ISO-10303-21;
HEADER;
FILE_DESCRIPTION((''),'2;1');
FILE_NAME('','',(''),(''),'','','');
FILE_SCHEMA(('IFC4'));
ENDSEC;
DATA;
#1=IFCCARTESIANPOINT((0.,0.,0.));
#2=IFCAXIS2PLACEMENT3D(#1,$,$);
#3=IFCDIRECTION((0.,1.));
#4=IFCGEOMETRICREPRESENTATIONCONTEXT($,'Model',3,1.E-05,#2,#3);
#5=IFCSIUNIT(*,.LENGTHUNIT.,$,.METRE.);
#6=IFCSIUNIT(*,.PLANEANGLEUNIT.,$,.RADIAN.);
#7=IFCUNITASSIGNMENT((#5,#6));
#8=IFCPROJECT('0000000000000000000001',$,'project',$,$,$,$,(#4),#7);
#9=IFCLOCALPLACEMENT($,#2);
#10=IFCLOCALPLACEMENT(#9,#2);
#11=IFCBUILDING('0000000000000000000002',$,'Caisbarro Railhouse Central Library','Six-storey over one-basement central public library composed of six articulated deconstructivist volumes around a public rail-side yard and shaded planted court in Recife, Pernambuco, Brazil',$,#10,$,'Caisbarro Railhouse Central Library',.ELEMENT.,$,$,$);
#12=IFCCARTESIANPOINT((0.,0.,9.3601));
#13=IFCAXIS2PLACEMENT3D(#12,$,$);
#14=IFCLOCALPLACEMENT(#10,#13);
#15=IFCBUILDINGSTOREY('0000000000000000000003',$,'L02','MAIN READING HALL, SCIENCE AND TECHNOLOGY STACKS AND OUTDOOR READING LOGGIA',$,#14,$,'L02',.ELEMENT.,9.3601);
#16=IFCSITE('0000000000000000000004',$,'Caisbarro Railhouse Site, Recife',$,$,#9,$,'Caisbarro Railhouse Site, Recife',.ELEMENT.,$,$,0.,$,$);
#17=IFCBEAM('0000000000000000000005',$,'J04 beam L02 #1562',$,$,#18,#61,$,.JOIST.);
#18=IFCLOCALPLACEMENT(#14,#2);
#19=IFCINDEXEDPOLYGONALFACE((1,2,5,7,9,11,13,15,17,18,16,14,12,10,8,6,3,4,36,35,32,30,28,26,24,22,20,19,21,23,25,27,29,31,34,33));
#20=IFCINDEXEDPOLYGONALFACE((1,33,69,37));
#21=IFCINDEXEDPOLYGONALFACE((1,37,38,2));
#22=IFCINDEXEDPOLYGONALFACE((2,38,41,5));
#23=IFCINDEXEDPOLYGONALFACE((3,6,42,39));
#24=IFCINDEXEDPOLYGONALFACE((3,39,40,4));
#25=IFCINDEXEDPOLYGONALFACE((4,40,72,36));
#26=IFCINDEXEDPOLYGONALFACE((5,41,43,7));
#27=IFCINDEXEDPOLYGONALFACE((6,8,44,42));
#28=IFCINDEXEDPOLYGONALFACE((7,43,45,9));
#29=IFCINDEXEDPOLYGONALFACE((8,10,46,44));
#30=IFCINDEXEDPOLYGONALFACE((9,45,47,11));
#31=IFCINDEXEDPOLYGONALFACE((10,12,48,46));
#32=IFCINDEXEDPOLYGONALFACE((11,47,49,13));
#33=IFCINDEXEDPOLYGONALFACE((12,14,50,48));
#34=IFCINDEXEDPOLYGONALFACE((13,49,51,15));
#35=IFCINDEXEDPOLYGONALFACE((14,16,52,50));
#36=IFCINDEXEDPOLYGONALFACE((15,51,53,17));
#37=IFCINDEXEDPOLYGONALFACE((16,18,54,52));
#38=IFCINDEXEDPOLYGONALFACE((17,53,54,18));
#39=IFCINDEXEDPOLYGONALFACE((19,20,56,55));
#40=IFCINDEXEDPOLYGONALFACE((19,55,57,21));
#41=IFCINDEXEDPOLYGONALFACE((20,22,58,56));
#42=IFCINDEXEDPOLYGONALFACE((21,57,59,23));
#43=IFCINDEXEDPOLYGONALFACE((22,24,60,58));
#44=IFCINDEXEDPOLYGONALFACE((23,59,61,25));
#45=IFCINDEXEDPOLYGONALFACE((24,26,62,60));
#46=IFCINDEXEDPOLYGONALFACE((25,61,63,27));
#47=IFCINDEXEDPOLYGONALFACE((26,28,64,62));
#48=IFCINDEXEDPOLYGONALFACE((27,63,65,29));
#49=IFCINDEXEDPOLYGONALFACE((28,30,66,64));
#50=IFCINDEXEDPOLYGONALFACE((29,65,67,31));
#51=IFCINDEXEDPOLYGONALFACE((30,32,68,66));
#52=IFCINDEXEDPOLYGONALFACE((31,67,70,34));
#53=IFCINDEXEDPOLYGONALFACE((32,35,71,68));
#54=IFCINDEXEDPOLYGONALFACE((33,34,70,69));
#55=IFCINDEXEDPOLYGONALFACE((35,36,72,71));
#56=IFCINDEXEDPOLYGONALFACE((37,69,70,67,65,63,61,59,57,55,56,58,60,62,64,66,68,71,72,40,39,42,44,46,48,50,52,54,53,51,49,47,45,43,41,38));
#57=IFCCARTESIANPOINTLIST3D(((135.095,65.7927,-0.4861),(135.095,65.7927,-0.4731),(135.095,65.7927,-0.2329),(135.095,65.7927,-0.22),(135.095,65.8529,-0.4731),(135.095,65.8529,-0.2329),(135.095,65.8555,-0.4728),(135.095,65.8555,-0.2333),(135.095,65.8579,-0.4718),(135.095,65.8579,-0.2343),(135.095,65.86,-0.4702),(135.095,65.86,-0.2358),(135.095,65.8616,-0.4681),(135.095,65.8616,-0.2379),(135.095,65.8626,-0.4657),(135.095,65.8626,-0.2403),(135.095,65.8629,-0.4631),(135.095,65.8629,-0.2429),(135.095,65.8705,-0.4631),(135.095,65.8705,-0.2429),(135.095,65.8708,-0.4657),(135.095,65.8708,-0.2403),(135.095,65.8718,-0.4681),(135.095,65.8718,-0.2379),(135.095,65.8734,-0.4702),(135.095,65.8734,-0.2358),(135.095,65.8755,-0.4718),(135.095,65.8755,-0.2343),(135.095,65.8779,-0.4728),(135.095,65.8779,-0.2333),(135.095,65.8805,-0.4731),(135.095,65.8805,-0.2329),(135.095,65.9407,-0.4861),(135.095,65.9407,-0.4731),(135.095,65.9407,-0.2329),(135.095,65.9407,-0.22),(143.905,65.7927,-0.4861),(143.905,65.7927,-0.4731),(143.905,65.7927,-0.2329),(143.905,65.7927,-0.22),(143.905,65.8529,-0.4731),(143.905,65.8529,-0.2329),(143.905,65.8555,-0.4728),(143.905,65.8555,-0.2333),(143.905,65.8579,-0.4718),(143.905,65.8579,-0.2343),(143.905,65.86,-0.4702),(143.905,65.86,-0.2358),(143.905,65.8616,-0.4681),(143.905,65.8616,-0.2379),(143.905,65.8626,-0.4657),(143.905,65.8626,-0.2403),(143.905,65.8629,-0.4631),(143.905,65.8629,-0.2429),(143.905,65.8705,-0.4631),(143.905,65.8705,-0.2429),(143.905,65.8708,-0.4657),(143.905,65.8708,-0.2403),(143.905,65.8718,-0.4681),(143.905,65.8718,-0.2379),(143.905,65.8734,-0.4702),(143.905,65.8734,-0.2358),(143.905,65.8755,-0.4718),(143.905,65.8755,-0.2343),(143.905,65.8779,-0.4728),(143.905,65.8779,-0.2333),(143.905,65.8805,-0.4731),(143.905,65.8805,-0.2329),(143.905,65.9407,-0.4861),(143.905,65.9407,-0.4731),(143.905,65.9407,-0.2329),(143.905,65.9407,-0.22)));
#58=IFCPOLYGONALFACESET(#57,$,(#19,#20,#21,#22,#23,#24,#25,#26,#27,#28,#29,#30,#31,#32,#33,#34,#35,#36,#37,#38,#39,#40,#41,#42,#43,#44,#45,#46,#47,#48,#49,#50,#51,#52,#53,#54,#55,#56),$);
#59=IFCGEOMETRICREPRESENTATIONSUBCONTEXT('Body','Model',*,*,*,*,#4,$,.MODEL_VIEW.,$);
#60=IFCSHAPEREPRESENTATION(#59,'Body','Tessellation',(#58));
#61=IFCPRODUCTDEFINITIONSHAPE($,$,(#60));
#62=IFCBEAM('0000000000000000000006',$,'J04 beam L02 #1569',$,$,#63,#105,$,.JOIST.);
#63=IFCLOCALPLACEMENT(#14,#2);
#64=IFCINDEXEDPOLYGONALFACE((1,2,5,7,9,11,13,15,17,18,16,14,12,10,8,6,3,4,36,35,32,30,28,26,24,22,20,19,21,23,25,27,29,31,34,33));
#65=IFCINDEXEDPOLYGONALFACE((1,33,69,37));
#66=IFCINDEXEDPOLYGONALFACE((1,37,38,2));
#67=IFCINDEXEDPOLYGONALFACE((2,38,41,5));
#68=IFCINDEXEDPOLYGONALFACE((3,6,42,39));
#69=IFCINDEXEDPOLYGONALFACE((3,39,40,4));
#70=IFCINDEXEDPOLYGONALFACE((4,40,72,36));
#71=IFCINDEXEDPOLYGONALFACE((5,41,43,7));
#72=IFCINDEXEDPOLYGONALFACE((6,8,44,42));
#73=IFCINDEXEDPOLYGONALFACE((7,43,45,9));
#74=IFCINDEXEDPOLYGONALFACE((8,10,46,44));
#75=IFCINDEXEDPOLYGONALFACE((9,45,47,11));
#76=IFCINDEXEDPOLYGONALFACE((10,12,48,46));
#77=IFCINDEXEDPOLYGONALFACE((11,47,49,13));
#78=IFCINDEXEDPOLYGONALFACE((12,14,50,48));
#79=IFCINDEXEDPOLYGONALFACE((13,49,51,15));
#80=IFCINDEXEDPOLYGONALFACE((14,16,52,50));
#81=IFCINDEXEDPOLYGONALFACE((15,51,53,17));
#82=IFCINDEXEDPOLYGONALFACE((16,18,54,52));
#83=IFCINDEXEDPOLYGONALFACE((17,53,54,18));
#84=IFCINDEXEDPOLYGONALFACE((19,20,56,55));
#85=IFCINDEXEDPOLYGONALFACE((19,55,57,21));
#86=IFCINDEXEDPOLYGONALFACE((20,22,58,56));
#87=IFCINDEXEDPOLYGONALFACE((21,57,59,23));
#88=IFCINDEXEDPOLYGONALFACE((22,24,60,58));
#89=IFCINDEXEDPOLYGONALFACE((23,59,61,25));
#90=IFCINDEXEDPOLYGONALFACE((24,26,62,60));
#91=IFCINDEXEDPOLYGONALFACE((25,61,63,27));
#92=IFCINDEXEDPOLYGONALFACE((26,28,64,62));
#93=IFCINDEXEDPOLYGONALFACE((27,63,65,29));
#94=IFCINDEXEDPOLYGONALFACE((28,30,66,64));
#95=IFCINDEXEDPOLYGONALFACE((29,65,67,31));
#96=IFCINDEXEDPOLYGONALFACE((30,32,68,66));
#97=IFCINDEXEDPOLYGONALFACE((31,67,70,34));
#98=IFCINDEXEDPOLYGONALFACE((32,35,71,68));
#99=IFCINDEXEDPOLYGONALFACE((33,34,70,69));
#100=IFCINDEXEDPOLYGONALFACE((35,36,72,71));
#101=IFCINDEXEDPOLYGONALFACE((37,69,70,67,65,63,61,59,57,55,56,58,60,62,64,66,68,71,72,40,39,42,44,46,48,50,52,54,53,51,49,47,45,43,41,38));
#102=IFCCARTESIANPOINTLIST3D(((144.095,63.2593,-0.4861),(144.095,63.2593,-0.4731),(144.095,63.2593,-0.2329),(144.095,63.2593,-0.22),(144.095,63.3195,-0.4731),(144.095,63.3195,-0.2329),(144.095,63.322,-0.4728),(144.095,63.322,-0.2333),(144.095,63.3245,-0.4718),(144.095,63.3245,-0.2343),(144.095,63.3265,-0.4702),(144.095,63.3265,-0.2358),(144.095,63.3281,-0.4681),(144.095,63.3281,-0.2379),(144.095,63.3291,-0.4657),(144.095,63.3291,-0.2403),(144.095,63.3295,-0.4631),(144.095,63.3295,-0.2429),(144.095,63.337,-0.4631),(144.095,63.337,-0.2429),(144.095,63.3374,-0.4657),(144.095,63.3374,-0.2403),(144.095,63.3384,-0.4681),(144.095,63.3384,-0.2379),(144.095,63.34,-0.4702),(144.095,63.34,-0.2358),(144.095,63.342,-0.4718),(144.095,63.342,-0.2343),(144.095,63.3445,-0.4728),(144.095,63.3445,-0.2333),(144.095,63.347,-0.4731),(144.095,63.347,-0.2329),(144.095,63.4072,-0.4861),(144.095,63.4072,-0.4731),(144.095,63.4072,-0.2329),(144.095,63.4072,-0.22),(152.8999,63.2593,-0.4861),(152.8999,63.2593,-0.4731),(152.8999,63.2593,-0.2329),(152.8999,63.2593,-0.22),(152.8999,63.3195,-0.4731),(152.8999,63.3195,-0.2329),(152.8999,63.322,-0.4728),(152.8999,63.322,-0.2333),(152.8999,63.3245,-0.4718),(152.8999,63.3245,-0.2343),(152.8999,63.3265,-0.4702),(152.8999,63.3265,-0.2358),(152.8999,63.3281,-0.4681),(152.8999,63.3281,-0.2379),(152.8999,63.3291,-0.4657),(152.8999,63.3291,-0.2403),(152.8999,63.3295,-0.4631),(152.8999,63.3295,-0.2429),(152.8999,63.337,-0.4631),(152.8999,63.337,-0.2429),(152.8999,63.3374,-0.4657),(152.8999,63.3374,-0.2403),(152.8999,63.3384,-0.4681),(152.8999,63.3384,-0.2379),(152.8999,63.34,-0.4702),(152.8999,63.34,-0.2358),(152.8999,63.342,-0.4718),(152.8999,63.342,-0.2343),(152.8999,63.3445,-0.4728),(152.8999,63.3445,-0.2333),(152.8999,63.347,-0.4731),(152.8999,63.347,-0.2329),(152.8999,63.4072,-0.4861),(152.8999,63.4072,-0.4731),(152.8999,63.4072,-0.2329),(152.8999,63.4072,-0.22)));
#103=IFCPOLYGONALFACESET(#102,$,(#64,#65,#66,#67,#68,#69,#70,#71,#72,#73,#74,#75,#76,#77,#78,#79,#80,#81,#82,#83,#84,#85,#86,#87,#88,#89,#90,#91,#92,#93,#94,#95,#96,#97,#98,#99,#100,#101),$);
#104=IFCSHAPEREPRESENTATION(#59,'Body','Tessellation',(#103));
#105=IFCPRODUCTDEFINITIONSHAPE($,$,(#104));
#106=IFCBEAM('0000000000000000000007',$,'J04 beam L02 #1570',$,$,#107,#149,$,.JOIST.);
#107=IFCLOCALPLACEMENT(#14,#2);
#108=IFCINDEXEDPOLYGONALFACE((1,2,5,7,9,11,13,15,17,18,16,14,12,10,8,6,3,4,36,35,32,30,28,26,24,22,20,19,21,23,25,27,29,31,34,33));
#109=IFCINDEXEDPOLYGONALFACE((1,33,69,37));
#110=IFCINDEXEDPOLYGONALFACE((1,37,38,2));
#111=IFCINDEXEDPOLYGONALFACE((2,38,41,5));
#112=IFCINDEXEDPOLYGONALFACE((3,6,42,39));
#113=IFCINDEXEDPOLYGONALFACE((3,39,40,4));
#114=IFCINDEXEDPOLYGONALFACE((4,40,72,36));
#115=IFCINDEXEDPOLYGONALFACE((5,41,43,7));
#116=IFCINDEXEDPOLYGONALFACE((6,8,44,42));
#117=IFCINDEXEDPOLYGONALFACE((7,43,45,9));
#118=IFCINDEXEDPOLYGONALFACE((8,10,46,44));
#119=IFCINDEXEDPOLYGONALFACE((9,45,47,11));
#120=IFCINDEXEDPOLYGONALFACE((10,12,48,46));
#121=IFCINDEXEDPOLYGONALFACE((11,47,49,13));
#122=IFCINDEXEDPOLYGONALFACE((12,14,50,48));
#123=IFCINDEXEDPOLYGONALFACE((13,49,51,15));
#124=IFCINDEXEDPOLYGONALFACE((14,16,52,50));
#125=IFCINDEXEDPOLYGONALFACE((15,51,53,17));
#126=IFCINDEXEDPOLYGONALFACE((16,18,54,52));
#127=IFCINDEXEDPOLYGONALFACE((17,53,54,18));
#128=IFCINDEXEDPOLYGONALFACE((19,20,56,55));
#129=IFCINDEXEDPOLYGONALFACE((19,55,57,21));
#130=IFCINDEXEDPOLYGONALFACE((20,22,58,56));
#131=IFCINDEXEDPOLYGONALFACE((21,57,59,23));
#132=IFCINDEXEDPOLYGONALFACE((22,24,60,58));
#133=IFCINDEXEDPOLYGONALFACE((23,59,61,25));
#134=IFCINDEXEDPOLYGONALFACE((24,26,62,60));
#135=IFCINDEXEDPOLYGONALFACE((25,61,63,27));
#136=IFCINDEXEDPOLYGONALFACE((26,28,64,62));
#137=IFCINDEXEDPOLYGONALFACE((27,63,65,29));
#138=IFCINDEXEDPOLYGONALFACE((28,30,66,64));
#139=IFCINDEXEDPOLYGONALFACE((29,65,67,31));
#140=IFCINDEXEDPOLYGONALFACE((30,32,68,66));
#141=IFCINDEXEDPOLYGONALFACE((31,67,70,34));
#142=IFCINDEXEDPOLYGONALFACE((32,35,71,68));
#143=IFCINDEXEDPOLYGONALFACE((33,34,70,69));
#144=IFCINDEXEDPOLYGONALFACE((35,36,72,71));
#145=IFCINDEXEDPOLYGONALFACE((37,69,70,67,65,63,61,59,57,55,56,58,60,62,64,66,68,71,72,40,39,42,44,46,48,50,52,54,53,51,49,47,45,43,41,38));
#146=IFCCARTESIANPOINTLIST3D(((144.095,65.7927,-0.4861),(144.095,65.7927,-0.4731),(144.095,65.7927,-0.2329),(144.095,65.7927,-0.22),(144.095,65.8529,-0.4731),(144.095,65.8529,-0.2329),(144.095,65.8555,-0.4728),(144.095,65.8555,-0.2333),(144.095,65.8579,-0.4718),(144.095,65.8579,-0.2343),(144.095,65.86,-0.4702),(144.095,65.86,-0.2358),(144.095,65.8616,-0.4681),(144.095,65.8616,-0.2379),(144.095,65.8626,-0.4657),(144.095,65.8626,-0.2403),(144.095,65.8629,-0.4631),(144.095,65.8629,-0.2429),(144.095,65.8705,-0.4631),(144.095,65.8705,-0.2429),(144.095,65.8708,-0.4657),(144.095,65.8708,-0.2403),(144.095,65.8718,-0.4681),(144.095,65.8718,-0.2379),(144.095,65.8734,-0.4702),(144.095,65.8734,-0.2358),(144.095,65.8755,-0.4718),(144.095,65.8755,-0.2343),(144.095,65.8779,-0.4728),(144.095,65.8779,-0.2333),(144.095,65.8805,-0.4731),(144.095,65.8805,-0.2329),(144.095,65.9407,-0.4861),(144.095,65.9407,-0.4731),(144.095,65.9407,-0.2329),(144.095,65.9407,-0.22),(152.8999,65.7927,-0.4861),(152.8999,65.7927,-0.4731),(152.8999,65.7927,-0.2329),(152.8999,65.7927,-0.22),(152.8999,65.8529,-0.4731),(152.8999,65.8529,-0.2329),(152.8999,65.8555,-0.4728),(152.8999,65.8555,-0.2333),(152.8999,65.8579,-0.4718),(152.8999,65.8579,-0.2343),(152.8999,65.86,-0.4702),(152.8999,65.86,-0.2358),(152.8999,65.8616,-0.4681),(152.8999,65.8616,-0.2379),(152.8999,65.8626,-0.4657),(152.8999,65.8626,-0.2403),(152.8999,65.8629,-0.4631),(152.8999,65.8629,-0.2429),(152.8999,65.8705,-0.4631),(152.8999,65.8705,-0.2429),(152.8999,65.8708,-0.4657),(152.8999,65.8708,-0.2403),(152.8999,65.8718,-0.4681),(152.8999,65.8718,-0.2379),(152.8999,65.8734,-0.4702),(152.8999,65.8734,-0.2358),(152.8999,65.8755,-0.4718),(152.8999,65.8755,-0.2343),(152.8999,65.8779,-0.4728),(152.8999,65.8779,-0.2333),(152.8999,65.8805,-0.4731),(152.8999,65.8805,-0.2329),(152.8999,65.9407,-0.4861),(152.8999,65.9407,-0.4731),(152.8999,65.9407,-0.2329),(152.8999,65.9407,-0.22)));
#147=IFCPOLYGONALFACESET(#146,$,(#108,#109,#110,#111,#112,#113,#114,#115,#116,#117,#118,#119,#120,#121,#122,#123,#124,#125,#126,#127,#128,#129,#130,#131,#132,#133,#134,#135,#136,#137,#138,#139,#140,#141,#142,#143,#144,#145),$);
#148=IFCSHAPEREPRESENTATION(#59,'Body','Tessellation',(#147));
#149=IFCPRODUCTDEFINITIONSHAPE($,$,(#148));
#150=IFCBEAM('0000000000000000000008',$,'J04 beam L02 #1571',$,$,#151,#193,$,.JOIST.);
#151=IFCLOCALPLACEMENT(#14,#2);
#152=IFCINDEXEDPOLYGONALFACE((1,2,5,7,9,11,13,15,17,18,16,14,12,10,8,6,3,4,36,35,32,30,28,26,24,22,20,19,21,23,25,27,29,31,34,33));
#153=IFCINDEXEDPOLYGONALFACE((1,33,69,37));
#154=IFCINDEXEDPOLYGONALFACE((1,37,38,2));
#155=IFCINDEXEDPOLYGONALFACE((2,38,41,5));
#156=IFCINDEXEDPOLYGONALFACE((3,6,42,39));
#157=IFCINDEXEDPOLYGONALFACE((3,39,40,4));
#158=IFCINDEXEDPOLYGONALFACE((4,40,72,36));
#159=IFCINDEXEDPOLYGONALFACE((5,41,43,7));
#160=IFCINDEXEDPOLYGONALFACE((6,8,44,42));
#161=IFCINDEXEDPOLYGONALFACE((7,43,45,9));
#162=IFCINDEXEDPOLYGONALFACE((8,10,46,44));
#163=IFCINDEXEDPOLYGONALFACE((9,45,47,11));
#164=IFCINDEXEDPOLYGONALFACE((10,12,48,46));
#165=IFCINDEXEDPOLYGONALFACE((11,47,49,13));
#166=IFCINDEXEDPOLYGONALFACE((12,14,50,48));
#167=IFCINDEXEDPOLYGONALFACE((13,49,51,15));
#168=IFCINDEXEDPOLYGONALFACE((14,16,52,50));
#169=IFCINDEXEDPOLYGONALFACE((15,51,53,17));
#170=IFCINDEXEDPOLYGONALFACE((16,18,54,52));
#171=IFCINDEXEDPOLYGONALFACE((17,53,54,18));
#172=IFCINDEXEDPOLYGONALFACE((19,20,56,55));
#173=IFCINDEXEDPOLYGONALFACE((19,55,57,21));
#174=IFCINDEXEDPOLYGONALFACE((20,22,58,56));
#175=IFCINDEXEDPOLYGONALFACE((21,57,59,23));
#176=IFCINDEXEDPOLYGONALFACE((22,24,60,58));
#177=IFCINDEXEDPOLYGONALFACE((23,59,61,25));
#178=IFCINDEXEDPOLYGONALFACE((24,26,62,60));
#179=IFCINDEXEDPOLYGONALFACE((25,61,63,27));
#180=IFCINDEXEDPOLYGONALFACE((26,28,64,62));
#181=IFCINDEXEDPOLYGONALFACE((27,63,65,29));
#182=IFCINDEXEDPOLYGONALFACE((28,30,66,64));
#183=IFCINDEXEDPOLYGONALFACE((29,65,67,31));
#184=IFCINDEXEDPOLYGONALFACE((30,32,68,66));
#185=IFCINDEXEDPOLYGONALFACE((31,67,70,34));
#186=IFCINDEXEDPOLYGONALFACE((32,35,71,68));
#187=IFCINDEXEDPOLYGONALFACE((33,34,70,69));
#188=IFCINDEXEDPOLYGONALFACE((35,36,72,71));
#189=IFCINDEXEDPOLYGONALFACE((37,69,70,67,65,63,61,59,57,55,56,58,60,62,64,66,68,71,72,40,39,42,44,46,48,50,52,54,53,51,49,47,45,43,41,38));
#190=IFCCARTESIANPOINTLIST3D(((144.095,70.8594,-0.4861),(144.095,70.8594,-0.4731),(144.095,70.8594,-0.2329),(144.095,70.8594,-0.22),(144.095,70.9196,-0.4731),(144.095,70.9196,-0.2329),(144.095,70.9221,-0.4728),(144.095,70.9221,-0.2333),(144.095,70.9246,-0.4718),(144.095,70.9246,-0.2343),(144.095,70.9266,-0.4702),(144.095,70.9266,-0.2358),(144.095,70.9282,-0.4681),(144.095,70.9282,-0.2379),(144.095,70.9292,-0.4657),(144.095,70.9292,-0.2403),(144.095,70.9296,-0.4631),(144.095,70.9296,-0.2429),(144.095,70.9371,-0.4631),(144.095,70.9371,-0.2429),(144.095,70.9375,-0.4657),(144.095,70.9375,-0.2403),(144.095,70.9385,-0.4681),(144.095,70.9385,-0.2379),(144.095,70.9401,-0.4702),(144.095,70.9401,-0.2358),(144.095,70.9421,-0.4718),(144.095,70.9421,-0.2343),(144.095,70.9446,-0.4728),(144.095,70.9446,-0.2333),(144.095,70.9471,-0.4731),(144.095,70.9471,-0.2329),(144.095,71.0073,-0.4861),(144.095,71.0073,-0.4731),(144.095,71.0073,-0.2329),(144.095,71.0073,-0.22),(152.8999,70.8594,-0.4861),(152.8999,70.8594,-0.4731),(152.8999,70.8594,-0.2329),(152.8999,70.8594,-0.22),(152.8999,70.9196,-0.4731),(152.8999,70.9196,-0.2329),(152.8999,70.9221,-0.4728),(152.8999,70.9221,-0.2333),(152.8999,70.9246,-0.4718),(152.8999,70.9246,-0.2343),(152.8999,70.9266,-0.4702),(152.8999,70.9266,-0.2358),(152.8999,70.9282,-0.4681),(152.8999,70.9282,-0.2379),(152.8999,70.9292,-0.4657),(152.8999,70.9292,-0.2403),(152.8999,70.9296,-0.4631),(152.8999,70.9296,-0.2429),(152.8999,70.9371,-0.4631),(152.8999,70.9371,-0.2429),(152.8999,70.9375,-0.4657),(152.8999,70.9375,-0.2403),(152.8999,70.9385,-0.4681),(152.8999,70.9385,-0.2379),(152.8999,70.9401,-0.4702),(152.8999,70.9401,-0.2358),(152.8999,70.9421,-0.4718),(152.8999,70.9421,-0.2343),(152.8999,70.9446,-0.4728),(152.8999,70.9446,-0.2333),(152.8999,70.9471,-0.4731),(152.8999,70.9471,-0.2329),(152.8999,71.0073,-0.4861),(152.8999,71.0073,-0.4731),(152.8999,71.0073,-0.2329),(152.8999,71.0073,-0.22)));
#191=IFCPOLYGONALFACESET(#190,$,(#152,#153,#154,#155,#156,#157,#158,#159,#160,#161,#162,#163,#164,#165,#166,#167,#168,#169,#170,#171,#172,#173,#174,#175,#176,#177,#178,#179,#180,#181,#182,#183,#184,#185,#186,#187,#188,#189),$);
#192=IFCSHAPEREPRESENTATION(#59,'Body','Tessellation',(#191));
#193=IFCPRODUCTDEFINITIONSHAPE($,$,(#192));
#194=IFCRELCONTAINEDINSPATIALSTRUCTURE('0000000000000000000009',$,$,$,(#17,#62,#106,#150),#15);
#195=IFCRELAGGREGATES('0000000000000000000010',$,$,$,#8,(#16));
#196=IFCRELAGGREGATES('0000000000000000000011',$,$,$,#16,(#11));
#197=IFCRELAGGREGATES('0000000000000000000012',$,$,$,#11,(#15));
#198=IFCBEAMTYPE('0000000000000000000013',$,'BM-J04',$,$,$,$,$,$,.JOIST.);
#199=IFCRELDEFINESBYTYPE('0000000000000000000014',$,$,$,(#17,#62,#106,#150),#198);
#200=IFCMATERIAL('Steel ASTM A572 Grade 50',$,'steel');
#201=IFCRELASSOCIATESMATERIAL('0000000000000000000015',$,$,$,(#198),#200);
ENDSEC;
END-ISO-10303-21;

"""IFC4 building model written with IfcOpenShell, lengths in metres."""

from ifc_helpers import new_model, si_unit, direction, frame, origin, origin_2d, place, context, subcontext, project, spatial, i_section, extrude, material, material_profile, profile_set, type_object, element, save


model = new_model("IFC4")

# Units and contexts
model_context = context("Model", 3, precision=1e-05, world=origin(), true_north=direction((0.0, 1.0)))
body_context = subcontext(model_context, "Body", "Model", "MODEL_VIEW")
ifc_project = project(units=[si_unit("LENGTHUNIT", "METRE"), si_unit("PLANEANGLEUNIT", "RADIAN")], contexts=[model_context])

# Site, building, storey
site_placement = place(None, origin())
site = spatial("IfcSite", under=ifc_project, at=site_placement, Name="Caisbarro Railhouse Site, Recife", LongName="Caisbarro Railhouse Site, Recife", CompositionType="ELEMENT", RefElevation=0.0)
building_placement = place(site_placement, origin())
building = spatial("IfcBuilding", under=site, at=building_placement, Name="Caisbarro Railhouse Central Library", Description="Six-storey over one-basement central public library composed of six articulated deconstructivist volumes around a public rail-side yard and shaded planted court in Recife, Pernambuco, Brazil", LongName="Caisbarro Railhouse Central Library", CompositionType="ELEMENT")
storey_placement = place(building_placement, frame((0.0, 0.0, 9.3601)))
storey = spatial("IfcBuildingStorey", under=building, at=storey_placement, Name="L02", Description="MAIN READING HALL, SCIENCE AND TECHNOLOGY STACKS AND OUTDOOR READING LOGGIA", LongName="L02", CompositionType="ELEMENT", Elevation=9.3601)

# Shared definitions
ifc_material_1 = material(Name="Steel ASTM A572 Grade 50", Category="steel")

# Beams
ifc_material_profile_1 = material_profile(ifc_material_1, i_section(OverallWidth=0.1479, OverallDepth=0.2661, WebThickness=0.0076, FlangeThickness=0.0129, FilletRadius=0.01, at=origin_2d()), Name="W250X44.8")
ifc_profile_set_1 = profile_set([ifc_material_profile_1], Name="Steel ASTM A572 Grade 50")
beam_type_1 = type_object("IfcBeamType", Name="BM-J04", PredefinedType="JOIST", material=ifc_profile_set_1)
beam_placement = place(storey_placement, frame((135.095, 65.8667, -0.353), z_axis=(1.0, 0.0, 0.0), x_axis=(0.0, 1.0, 0.0)))
element("IfcBeam", 1, at=beam_placement, inside=storey, type_object=beam_type_1, Name="J04 beam L02 #1562", PredefinedType="JOIST", context=body_context, shape_type="SweptSolid", body=[
    extrude(i_section(OverallWidth=0.1479, OverallDepth=0.2661, WebThickness=0.0076, FlangeThickness=0.0129, FilletRadius=0.01, at=origin_2d()), origin(), (0.0, 0.0, 1.0), 8.8101),
])
for number, where, z_axis, x_axis, name in (
    (2, (144.095, 63.3333, -0.353), (1.0, 0.0, 0.0), (0.0, 1.0, 0.0), "J04 beam L02 #1569"),
    (3, (144.095, 65.8667, -0.353), (1.0, 0.0, 0.0), (0.0, 1.0, 0.0), "J04 beam L02 #1570"),
    (4, (144.095, 70.9333, -0.353), (1.0, 0.0, 0.0), (0.0, 1.0, 0.0), "J04 beam L02 #1571"),
):
    element("IfcBeam", number, at=place(storey_placement, frame(where, z_axis=z_axis, x_axis=x_axis)), inside=storey, type_object=beam_type_1, Name=name, PredefinedType="JOIST", context=body_context, shape_type="SweptSolid", body=[
        extrude(i_section(OverallWidth=0.1479, OverallDepth=0.2661, WebThickness=0.0076, FlangeThickness=0.0129, FilletRadius=0.01, at=origin_2d()), origin(), (0.0, 0.0, 1.0), 8.8049),
    ])

save(model, "model.ifc")
